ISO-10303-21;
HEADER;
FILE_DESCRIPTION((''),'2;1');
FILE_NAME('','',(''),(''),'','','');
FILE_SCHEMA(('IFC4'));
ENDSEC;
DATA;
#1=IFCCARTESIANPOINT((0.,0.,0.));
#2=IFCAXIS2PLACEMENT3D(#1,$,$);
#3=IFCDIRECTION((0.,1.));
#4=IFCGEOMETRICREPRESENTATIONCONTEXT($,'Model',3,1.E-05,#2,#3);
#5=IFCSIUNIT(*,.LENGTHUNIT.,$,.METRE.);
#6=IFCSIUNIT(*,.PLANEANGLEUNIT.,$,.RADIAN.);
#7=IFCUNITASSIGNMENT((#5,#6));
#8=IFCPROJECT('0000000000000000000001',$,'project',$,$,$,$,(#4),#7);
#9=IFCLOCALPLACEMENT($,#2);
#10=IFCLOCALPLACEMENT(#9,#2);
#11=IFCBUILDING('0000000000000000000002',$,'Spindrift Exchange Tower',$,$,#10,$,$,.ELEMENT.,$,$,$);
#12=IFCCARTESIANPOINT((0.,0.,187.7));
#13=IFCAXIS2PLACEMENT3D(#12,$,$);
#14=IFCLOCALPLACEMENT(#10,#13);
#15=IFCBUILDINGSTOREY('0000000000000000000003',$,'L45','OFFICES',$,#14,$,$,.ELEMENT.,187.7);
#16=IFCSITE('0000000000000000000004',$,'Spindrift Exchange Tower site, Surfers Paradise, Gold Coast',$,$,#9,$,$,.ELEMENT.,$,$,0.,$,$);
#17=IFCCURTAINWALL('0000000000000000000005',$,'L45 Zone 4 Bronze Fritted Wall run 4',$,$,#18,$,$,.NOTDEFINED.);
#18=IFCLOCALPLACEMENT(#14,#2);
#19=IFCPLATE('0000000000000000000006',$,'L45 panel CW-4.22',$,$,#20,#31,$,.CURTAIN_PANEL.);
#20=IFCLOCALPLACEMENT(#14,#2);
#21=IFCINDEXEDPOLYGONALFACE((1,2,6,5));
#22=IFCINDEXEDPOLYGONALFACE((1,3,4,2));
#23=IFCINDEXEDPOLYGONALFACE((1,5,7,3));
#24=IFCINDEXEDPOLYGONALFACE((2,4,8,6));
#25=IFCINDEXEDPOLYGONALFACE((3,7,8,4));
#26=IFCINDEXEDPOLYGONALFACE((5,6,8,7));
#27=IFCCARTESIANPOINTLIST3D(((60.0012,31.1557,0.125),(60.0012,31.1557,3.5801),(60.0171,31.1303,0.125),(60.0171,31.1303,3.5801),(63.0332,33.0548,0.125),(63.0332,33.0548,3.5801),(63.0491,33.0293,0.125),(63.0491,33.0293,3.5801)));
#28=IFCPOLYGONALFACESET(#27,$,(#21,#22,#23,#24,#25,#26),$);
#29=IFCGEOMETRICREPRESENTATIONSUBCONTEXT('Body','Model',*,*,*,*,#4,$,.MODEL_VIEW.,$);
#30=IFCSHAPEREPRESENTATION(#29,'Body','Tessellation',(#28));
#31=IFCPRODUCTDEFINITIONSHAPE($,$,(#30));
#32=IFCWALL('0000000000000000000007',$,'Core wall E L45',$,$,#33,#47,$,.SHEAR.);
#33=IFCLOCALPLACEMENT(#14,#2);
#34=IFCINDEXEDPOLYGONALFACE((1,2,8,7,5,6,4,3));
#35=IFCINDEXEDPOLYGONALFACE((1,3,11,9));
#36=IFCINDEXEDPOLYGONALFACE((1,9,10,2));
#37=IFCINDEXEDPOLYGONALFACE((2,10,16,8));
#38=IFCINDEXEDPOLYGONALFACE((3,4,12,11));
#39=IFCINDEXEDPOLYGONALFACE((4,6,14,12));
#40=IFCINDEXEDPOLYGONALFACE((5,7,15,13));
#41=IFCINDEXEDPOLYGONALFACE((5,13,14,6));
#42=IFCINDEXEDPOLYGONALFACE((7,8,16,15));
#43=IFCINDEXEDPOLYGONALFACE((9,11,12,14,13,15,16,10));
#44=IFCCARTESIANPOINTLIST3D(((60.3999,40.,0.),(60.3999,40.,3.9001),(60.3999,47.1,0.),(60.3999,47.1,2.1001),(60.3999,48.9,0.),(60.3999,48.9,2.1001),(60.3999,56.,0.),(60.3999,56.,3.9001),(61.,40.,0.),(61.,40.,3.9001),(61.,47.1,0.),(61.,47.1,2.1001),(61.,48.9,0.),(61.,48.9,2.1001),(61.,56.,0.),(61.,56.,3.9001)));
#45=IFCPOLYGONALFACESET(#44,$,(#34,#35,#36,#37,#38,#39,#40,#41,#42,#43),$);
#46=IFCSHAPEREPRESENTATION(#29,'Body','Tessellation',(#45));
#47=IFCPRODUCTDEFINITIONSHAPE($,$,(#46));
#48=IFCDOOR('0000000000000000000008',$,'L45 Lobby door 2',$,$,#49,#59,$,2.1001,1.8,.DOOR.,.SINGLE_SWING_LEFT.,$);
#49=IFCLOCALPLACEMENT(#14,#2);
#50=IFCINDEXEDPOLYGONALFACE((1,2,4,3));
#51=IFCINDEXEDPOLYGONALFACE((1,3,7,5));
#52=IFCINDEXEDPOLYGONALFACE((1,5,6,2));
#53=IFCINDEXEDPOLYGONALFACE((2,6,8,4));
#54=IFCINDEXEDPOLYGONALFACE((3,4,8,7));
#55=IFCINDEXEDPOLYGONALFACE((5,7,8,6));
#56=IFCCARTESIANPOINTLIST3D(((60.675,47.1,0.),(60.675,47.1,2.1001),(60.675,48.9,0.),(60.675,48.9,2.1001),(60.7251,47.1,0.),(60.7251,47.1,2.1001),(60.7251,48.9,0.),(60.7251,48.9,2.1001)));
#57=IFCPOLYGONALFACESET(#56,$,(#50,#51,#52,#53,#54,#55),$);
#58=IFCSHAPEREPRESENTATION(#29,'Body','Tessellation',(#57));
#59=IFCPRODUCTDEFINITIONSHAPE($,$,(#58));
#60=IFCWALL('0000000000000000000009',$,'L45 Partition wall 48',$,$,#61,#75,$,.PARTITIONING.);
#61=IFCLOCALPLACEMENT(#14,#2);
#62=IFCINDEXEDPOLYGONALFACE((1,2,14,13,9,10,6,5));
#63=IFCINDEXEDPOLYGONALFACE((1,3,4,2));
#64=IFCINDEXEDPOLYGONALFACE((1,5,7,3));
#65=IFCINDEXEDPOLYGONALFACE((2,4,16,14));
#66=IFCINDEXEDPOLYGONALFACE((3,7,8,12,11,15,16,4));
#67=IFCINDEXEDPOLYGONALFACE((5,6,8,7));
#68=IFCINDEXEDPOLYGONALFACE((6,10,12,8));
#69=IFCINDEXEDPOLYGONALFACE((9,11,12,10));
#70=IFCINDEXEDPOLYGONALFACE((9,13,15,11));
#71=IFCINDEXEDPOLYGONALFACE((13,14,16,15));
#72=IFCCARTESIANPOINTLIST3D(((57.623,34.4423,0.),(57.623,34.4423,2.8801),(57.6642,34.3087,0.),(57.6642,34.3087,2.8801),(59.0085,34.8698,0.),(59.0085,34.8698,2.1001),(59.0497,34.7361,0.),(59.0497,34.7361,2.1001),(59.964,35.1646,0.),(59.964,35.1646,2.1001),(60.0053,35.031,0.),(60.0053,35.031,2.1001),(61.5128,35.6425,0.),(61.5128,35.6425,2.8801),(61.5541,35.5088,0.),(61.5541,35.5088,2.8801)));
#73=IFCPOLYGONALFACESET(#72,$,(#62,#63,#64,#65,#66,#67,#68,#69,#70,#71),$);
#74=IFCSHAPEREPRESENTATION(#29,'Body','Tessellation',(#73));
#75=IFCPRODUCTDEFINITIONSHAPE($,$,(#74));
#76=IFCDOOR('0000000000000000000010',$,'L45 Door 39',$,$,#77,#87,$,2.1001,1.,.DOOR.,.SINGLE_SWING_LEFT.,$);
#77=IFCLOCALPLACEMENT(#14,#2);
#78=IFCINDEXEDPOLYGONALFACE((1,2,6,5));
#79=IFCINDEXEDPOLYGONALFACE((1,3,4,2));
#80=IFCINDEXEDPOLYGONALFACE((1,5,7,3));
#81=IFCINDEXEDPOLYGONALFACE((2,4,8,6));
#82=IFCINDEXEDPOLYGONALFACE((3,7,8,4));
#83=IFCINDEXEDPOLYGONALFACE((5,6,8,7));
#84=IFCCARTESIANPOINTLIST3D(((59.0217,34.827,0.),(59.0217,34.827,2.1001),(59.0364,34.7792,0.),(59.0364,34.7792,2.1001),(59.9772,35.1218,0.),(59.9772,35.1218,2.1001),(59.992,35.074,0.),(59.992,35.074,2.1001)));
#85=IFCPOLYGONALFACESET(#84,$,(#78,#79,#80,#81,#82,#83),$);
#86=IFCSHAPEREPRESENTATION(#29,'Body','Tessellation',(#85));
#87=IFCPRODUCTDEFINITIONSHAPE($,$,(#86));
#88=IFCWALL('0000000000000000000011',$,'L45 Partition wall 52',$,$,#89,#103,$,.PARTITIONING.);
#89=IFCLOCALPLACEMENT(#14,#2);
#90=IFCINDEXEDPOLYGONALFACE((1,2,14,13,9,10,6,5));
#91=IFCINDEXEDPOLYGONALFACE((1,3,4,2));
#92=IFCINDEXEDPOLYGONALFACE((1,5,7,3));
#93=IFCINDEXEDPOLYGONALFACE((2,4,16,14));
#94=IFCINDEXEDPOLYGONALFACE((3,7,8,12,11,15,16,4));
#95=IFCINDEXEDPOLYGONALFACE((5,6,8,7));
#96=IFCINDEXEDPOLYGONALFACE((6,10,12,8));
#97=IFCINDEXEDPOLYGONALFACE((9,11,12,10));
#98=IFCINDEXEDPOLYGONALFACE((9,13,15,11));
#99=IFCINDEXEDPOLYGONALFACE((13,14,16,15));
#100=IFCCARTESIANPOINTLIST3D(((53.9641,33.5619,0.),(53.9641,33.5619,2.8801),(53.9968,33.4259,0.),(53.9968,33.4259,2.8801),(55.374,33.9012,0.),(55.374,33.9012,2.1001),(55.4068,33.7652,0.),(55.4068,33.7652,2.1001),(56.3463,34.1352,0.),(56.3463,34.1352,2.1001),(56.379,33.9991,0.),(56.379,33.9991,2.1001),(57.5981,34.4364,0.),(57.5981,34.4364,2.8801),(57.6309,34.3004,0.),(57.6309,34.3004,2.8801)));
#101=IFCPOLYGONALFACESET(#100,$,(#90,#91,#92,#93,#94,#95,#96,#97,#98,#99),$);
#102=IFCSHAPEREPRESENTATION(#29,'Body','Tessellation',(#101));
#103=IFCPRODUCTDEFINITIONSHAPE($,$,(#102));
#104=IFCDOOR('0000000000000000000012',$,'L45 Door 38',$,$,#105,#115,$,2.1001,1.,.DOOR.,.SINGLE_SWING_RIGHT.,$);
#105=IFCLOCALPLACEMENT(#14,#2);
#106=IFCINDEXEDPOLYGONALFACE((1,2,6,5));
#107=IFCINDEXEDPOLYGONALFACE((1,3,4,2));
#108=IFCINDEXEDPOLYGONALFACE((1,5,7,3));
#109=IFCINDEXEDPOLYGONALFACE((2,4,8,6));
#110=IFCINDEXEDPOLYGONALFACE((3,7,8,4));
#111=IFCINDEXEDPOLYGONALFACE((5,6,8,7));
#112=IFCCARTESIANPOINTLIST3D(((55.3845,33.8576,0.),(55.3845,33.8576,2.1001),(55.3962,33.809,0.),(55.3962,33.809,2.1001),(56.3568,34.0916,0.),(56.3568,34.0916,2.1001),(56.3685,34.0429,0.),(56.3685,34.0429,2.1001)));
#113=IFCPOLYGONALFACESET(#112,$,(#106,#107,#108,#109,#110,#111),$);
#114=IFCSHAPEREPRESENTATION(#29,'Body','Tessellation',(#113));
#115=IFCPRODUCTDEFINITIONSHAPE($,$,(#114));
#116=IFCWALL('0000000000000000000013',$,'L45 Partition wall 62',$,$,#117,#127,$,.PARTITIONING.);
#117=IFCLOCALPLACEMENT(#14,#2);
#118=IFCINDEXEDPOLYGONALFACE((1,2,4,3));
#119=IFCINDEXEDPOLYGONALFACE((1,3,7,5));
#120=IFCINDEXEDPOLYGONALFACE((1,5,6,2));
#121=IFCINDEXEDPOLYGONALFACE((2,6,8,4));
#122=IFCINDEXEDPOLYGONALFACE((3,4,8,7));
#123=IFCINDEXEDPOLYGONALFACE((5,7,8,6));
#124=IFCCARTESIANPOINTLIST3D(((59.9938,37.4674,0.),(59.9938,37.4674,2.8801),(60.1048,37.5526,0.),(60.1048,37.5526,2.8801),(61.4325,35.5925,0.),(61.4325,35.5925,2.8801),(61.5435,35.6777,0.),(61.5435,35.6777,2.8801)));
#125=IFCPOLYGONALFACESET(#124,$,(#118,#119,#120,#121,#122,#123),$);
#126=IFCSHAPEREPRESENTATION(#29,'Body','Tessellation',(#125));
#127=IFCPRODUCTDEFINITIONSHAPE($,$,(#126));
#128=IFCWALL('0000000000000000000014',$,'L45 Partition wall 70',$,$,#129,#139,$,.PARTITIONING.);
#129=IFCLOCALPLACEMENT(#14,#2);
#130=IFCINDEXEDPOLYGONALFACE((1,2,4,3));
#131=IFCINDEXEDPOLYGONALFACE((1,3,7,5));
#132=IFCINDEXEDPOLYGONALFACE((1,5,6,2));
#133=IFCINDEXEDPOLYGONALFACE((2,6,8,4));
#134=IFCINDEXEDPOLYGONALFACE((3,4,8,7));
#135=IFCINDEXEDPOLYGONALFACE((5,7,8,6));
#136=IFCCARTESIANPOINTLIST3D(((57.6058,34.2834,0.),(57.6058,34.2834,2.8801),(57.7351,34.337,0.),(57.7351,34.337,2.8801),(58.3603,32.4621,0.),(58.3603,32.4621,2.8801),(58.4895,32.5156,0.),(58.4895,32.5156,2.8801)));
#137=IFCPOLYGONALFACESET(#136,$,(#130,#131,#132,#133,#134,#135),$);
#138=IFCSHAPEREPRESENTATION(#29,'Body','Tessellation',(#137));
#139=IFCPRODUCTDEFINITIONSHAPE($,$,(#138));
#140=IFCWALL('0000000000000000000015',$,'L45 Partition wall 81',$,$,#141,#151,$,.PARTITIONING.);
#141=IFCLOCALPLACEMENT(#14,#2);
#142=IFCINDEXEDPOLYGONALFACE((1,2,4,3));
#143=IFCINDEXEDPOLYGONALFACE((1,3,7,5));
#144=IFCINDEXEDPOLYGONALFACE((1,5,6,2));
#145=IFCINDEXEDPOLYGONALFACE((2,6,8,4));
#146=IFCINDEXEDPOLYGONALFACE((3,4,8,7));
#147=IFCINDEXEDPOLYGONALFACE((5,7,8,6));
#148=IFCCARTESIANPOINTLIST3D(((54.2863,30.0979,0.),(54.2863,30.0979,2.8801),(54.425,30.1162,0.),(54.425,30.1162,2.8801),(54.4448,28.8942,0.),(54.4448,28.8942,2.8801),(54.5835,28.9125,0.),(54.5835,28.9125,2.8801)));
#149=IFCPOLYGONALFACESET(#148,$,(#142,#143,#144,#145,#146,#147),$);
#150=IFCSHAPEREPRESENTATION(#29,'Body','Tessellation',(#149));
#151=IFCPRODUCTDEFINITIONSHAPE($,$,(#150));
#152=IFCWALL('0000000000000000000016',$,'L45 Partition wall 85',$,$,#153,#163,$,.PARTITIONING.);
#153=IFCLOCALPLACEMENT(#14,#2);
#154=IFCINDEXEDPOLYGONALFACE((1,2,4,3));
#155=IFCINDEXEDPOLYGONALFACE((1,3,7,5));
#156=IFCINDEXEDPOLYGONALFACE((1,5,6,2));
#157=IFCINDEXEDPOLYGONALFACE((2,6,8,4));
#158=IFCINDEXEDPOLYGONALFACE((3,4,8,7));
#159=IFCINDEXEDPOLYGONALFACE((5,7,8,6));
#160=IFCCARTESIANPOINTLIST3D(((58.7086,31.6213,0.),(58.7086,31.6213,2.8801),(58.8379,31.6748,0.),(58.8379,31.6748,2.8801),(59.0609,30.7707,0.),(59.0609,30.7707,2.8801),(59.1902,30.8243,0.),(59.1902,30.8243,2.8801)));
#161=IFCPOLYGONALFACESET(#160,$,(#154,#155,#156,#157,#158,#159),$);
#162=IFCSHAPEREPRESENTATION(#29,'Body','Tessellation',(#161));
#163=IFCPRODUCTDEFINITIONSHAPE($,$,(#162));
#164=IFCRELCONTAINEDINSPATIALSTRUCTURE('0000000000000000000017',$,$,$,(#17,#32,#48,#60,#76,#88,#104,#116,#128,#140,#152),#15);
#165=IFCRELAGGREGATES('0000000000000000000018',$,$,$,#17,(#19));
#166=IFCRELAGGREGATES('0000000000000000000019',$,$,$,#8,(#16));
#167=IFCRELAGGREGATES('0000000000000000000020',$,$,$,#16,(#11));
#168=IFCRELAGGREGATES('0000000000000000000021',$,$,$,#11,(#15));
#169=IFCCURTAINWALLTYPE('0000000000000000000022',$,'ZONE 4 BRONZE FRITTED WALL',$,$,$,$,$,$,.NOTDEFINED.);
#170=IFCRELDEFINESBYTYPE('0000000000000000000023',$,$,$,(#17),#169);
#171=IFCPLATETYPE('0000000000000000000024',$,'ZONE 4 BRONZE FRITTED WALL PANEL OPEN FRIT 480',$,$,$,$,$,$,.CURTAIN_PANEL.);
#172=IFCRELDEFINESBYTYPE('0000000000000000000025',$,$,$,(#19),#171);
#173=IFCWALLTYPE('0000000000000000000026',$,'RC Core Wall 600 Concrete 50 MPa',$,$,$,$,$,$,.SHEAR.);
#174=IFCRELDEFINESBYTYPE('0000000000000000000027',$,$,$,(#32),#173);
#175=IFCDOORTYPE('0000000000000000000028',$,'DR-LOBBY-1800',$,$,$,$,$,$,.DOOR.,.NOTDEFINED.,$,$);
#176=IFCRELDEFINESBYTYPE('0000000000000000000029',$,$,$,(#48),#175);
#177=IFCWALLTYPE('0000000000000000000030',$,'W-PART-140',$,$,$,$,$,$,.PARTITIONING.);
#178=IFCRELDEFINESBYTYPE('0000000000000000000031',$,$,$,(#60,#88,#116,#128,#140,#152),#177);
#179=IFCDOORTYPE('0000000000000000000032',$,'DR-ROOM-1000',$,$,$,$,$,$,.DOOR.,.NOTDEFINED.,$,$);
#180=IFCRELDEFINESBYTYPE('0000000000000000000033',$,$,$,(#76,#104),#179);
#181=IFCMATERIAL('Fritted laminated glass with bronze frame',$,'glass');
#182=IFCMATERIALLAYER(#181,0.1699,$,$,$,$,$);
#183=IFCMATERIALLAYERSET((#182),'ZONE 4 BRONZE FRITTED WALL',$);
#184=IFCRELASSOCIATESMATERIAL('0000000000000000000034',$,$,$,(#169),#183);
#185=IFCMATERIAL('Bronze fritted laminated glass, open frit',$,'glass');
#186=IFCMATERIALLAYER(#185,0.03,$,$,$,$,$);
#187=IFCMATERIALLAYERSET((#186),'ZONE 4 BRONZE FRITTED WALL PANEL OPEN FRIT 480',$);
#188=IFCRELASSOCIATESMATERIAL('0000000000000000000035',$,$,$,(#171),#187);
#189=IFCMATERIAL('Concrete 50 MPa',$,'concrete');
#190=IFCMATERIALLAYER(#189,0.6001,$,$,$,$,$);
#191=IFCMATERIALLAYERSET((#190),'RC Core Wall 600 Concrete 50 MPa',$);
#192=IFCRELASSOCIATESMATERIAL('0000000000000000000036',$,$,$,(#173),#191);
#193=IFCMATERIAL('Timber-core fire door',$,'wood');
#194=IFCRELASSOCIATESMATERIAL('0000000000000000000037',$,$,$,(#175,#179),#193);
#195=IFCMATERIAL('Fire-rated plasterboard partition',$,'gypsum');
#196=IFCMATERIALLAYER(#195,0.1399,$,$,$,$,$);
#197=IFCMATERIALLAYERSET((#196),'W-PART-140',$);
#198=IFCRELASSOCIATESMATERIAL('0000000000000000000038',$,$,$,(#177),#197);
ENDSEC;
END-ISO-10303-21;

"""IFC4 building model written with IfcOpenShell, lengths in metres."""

from ifc_helpers import new_model, si_unit, direction, frame, frame_2d, origin, origin_2d, place, context, subcontext, project, spatial, rectangle, extrude, source, transform, mapped, material, layer, layer_set, type_object, element, fill, aggregate, save


model = new_model("IFC4")

# Units and contexts
model_context = context("Model", 3, precision=1e-05, world=origin(), true_north=direction((0.0, 1.0)))
body_context = subcontext(model_context, "Body", "Model", "MODEL_VIEW")
ifc_project = project(units=[si_unit("LENGTHUNIT", "METRE"), si_unit("PLANEANGLEUNIT", "RADIAN")], contexts=[model_context])

# Site, building, storey
site_placement = place(None, origin())
site = spatial("IfcSite", under=ifc_project, at=site_placement, Name="Spindrift Exchange Tower site, Surfers Paradise, Gold Coast", CompositionType="ELEMENT", RefElevation=0.0)
building_placement = place(site_placement, origin())
building = spatial("IfcBuilding", under=site, at=building_placement, Name="Spindrift Exchange Tower", CompositionType="ELEMENT")
storey_placement = place(building_placement, frame((0.0, 0.0, 187.7)))
storey = spatial("IfcBuildingStorey", under=building, at=storey_placement, Name="L45", Description="OFFICES", CompositionType="ELEMENT", Elevation=187.7)

# Shared definitions
ifc_material_1 = material(Name="Concrete 50 MPa", Category="concrete")

# Curtain wall, plate
ifc_material_2 = material(Name="Fritted laminated glass with bronze frame", Category="glass")
ifc_layer_1 = layer(ifc_material_2, 0.1699)
ifc_layer_set_1 = layer_set([ifc_layer_1], Name="ZONE 4 BRONZE FRITTED WALL")
curtain_wall_type = type_object("IfcCurtainWallType", Name="ZONE 4 BRONZE FRITTED WALL", PredefinedType="NOTDEFINED", material=ifc_layer_set_1)
curtain_wall_placement = place(storey_placement, origin())
curtain_wall = element("IfcCurtainWall", 1, at=curtain_wall_placement, inside=storey, type_object=curtain_wall_type, Name="L45 Zone 4 Bronze Fritted Wall run 4", PredefinedType="NOTDEFINED")
ifc_material_3 = material(Name="Bronze fritted laminated glass, open frit", Category="glass")
ifc_layer_2 = layer(ifc_material_3, 0.03)
ifc_layer_set_2 = layer_set([ifc_layer_2], Name="ZONE 4 BRONZE FRITTED WALL PANEL OPEN FRIT 480")
plate_type_1 = type_object("IfcPlateType", Name="ZONE 4 BRONZE FRITTED WALL PANEL OPEN FRIT 480", PredefinedType="CURTAIN_PANEL", material=ifc_layer_set_2)
shared_shape_1 = source(origin(), body_context, "Body", "SweptSolid", [
    extrude(rectangle(XDim=3.5776, YDim=0.03, at=origin_2d()), origin(), (0.0, 0.0, 1.0), 3.4551),
])
plate_1_placement = place(storey_placement, frame((61.5251, 32.0925, 0.125), z_axis=(0.0, 0.0, 1.0), x_axis=(0.847492, 0.530809, 0.0)))
plate_1 = element("IfcPlate", 2, at=plate_1_placement, type_object=plate_type_1, Name="L45 panel CW-4.22", PredefinedType="CURTAIN_PANEL", context=body_context, shape_type="MappedRepresentation", body=[
    mapped(shared_shape_1, transform((0.0, 0.0, 0.0), scale=1.0)),
])
aggregate(curtain_wall, [plate_1])

# Walls, openings, doors
ifc_layer_3 = layer(ifc_material_1, 0.6001)
ifc_layer_set_3 = layer_set([ifc_layer_3], Name="RC Core Wall 600 Concrete 50 MPa")
wall_type_1 = type_object("IfcWallType", Name="RC Core Wall 600 Concrete 50 MPa", PredefinedType="SHEAR", material=ifc_layer_set_3)
wall_1_placement = place(storey_placement, frame((60.7, 40.0, 0.0), z_axis=(0.0, 0.0, 1.0), x_axis=(0.0, 1.0, 0.0)))
wall_1 = element("IfcWall", 3, at=wall_1_placement, inside=storey, type_object=wall_type_1, Name="Core wall E L45", PredefinedType="SHEAR", context=body_context, shape_type="SweptSolid", body=[
    extrude(rectangle(XDim=16.0, YDim=0.6001, at=frame_2d((8.0, 0.0))), origin(), (0.0, 0.0, 1.0), 3.9001),
])
opening_1_placement = place(wall_1_placement, frame((7.1001, 0.0, 0.0)))
opening_1 = element("IfcOpeningElement", 4, at=opening_1_placement, cuts=wall_1, PredefinedType="OPENING", context=body_context, shape_type="SweptSolid", body=[
    extrude(rectangle(XDim=1.8, YDim=2.1001, at=frame_2d((0.8999, 1.05))), frame((0.0, 0.3101, 0.0), z_axis=(0.0, -1.0, 0.0), x_axis=(1.0, 0.0, 0.0)), (0.0, 0.0, 1.0), 0.6201),
])
ifc_material_4 = material(Name="Timber-core fire door", Category="wood")
door_type_1 = type_object("IfcDoorType", Name="DR-LOBBY-1800", OperationType="NOTDEFINED", PredefinedType="DOOR", material=ifc_material_4)
shared_shape_2 = source(origin(), body_context, "Body", "SweptSolid", [
    extrude(rectangle(XDim=1.8, YDim=2.1001, at=frame_2d((0.8999, 1.05))), frame((0.0, 0.0249, 0.0), z_axis=(0.0, -1.0, 0.0), x_axis=(1.0, 0.0, 0.0)), (0.0, 0.0, 1.0), 0.05),
])
door_1_placement = place(opening_1_placement, origin())
door_1 = element("IfcDoor", 5, at=door_1_placement, inside=storey, type_object=door_type_1, Name="L45 Lobby door 2", OperationType="SINGLE_SWING_LEFT", OverallHeight=2.1001, OverallWidth=1.8, PredefinedType="DOOR", context=body_context, shape_type="MappedRepresentation", body=[
    mapped(shared_shape_2, transform((0.0, 0.0, 0.0), scale=1.0)),
])
fill(opening_1, door_1)
ifc_material_5 = material(Name="Fire-rated plasterboard partition", Category="gypsum")
ifc_layer_4 = layer(ifc_material_5, 0.1399)
ifc_layer_set_4 = layer_set([ifc_layer_4], Name="W-PART-140")
wall_type_2 = type_object("IfcWallType", Name="W-PART-140", PredefinedType="PARTITIONING", material=ifc_layer_set_4)
wall_2_placement = place(storey_placement, frame((61.5334, 35.5757, 0.0), z_axis=(0.0, 0.0, 1.0), x_axis=(-0.95555, -0.294827, 0.0)))
wall_2 = element("IfcWall", 6, at=wall_2_placement, inside=storey, type_object=wall_type_2, Name="L45 Partition wall 48", PredefinedType="PARTITIONING", context=body_context, shape_type="SweptSolid", body=[
    extrude(rectangle(XDim=4.0708, YDim=0.1399, at=frame_2d((2.0354, 0.0))), origin(), (0.0, 0.0, 1.0), 2.8801),
])
opening_2_placement = place(wall_2_placement, frame((1.6208, 0.0, 0.0)))
opening_2 = element("IfcOpeningElement", 7, at=opening_2_placement, cuts=wall_2, PredefinedType="OPENING", context=body_context, shape_type="SweptSolid", body=[
    extrude(rectangle(XDim=1.0, YDim=2.1001, at=frame_2d((0.5, 1.05))), frame((0.0, 0.0798, 0.0), z_axis=(0.0, -1.0, 0.0), x_axis=(1.0, 0.0, 0.0)), (0.0, 0.0, 1.0), 0.1599),
])
door_type_2 = type_object("IfcDoorType", Name="DR-ROOM-1000", OperationType="NOTDEFINED", PredefinedType="DOOR", material=ifc_material_4)
shared_shape_3 = source(origin(), body_context, "Body", "SweptSolid", [
    extrude(rectangle(XDim=1.0, YDim=2.1001, at=frame_2d((0.5, 1.05))), frame((0.0, 0.0249, 0.0), z_axis=(0.0, -1.0, 0.0), x_axis=(1.0, 0.0, 0.0)), (0.0, 0.0, 1.0), 0.05),
])
door_2_placement = place(opening_2_placement, origin())
door_2 = element("IfcDoor", 8, at=door_2_placement, inside=storey, type_object=door_type_2, Name="L45 Door 39", OperationType="SINGLE_SWING_LEFT", OverallHeight=2.1001, OverallWidth=1.0, PredefinedType="DOOR", context=body_context, shape_type="MappedRepresentation", body=[
    mapped(shared_shape_3, transform((0.0, 0.0, 0.0), scale=1.0)),
])
fill(opening_2, door_2)
wall_3_placement = place(storey_placement, frame((57.6145, 34.3684, 0.0), z_axis=(0.0, 0.0, 1.0), x_axis=(-0.972245, -0.233966, 0.0)))
wall_3 = element("IfcWall", 9, at=wall_3_placement, inside=storey, type_object=wall_type_2, Name="L45 Partition wall 52", PredefinedType="PARTITIONING", context=body_context, shape_type="SweptSolid", body=[
    extrude(rectangle(XDim=3.7378, YDim=0.1399, at=frame_2d((1.8689, 0.0))), origin(), (0.0, 0.0, 1.0), 2.8801),
])
opening_3_placement = place(wall_3_placement, frame((1.2876, 0.0, 0.0)))
opening_3 = element("IfcOpeningElement", 10, at=opening_3_placement, cuts=wall_3, PredefinedType="OPENING", context=body_context, shape_type="SweptSolid", body=[
    extrude(rectangle(XDim=1.0, YDim=2.1001, at=frame_2d((0.5, 1.05))), frame((0.0, 0.0798, 0.0), z_axis=(0.0, -1.0, 0.0), x_axis=(1.0, 0.0, 0.0)), (0.0, 0.0, 1.0), 0.1599),
])
door_3_placement = place(opening_3_placement, origin())
door_3 = element("IfcDoor", 11, at=door_3_placement, inside=storey, type_object=door_type_2, Name="L45 Door 38", OperationType="SINGLE_SWING_RIGHT", OverallHeight=2.1001, OverallWidth=1.0, PredefinedType="DOOR", context=body_context, shape_type="MappedRepresentation", body=[
    mapped(shared_shape_3, transform((0.0, 0.0, 0.0), scale=1.0)),
])
fill(opening_3, door_3)

# Walls
wall_4_placement = place(storey_placement, frame((60.0493, 37.51, 0.0), z_axis=(0.0, 0.0, 1.0), x_axis=(0.608757, -0.793357, 0.0)))
element("IfcWall", 12, at=wall_4_placement, inside=storey, type_object=wall_type_2, Name="L45 Partition wall 62", PredefinedType="PARTITIONING", context=body_context, shape_type="SweptSolid", body=[
    extrude(rectangle(XDim=2.3633, YDim=0.1399, at=frame_2d((1.1816, 0.0))), origin(), (0.0, 0.0, 1.0), 2.8801),
])
wall_5_placement = place(storey_placement, frame((57.6704, 34.3103, 0.0), z_axis=(0.0, 0.0, 1.0), x_axis=(0.38268, -0.923881, 0.0)))
element("IfcWall", 13, at=wall_5_placement, inside=storey, type_object=wall_type_2, Name="L45 Partition wall 70", PredefinedType="PARTITIONING", context=body_context, shape_type="SweptSolid", body=[
    extrude(rectangle(XDim=1.9714, YDim=0.1399, at=frame_2d((0.9858, 0.0))), origin(), (0.0, 0.0, 1.0), 2.8801),
])
wall_6_placement = place(storey_placement, frame((54.3557, 30.1069, 0.0), z_axis=(0.0, 0.0, 1.0), x_axis=(0.130517, -0.991446, 0.0)))
element("IfcWall", 14, at=wall_6_placement, inside=storey, type_object=wall_type_2, Name="L45 Partition wall 81", PredefinedType="PARTITIONING", context=body_context, shape_type="SweptSolid", body=[
    extrude(rectangle(XDim=1.2141, YDim=0.1399, at=frame_2d((0.6069, 0.0))), origin(), (0.0, 0.0, 1.0), 2.8801),
])
wall_7_placement = place(storey_placement, frame((58.7732, 31.6482, 0.0), z_axis=(0.0, 0.0, 1.0), x_axis=(0.382656, -0.923891, 0.0)))
element("IfcWall", 15, at=wall_7_placement, inside=storey, type_object=wall_type_2, Name="L45 Partition wall 85", PredefinedType="PARTITIONING", context=body_context, shape_type="SweptSolid", body=[
    extrude(rectangle(XDim=0.9207, YDim=0.1399, at=frame_2d((0.4604, 0.0))), origin(), (0.0, 0.0, 1.0), 2.8801),
])

save(model, "model.ifc")
